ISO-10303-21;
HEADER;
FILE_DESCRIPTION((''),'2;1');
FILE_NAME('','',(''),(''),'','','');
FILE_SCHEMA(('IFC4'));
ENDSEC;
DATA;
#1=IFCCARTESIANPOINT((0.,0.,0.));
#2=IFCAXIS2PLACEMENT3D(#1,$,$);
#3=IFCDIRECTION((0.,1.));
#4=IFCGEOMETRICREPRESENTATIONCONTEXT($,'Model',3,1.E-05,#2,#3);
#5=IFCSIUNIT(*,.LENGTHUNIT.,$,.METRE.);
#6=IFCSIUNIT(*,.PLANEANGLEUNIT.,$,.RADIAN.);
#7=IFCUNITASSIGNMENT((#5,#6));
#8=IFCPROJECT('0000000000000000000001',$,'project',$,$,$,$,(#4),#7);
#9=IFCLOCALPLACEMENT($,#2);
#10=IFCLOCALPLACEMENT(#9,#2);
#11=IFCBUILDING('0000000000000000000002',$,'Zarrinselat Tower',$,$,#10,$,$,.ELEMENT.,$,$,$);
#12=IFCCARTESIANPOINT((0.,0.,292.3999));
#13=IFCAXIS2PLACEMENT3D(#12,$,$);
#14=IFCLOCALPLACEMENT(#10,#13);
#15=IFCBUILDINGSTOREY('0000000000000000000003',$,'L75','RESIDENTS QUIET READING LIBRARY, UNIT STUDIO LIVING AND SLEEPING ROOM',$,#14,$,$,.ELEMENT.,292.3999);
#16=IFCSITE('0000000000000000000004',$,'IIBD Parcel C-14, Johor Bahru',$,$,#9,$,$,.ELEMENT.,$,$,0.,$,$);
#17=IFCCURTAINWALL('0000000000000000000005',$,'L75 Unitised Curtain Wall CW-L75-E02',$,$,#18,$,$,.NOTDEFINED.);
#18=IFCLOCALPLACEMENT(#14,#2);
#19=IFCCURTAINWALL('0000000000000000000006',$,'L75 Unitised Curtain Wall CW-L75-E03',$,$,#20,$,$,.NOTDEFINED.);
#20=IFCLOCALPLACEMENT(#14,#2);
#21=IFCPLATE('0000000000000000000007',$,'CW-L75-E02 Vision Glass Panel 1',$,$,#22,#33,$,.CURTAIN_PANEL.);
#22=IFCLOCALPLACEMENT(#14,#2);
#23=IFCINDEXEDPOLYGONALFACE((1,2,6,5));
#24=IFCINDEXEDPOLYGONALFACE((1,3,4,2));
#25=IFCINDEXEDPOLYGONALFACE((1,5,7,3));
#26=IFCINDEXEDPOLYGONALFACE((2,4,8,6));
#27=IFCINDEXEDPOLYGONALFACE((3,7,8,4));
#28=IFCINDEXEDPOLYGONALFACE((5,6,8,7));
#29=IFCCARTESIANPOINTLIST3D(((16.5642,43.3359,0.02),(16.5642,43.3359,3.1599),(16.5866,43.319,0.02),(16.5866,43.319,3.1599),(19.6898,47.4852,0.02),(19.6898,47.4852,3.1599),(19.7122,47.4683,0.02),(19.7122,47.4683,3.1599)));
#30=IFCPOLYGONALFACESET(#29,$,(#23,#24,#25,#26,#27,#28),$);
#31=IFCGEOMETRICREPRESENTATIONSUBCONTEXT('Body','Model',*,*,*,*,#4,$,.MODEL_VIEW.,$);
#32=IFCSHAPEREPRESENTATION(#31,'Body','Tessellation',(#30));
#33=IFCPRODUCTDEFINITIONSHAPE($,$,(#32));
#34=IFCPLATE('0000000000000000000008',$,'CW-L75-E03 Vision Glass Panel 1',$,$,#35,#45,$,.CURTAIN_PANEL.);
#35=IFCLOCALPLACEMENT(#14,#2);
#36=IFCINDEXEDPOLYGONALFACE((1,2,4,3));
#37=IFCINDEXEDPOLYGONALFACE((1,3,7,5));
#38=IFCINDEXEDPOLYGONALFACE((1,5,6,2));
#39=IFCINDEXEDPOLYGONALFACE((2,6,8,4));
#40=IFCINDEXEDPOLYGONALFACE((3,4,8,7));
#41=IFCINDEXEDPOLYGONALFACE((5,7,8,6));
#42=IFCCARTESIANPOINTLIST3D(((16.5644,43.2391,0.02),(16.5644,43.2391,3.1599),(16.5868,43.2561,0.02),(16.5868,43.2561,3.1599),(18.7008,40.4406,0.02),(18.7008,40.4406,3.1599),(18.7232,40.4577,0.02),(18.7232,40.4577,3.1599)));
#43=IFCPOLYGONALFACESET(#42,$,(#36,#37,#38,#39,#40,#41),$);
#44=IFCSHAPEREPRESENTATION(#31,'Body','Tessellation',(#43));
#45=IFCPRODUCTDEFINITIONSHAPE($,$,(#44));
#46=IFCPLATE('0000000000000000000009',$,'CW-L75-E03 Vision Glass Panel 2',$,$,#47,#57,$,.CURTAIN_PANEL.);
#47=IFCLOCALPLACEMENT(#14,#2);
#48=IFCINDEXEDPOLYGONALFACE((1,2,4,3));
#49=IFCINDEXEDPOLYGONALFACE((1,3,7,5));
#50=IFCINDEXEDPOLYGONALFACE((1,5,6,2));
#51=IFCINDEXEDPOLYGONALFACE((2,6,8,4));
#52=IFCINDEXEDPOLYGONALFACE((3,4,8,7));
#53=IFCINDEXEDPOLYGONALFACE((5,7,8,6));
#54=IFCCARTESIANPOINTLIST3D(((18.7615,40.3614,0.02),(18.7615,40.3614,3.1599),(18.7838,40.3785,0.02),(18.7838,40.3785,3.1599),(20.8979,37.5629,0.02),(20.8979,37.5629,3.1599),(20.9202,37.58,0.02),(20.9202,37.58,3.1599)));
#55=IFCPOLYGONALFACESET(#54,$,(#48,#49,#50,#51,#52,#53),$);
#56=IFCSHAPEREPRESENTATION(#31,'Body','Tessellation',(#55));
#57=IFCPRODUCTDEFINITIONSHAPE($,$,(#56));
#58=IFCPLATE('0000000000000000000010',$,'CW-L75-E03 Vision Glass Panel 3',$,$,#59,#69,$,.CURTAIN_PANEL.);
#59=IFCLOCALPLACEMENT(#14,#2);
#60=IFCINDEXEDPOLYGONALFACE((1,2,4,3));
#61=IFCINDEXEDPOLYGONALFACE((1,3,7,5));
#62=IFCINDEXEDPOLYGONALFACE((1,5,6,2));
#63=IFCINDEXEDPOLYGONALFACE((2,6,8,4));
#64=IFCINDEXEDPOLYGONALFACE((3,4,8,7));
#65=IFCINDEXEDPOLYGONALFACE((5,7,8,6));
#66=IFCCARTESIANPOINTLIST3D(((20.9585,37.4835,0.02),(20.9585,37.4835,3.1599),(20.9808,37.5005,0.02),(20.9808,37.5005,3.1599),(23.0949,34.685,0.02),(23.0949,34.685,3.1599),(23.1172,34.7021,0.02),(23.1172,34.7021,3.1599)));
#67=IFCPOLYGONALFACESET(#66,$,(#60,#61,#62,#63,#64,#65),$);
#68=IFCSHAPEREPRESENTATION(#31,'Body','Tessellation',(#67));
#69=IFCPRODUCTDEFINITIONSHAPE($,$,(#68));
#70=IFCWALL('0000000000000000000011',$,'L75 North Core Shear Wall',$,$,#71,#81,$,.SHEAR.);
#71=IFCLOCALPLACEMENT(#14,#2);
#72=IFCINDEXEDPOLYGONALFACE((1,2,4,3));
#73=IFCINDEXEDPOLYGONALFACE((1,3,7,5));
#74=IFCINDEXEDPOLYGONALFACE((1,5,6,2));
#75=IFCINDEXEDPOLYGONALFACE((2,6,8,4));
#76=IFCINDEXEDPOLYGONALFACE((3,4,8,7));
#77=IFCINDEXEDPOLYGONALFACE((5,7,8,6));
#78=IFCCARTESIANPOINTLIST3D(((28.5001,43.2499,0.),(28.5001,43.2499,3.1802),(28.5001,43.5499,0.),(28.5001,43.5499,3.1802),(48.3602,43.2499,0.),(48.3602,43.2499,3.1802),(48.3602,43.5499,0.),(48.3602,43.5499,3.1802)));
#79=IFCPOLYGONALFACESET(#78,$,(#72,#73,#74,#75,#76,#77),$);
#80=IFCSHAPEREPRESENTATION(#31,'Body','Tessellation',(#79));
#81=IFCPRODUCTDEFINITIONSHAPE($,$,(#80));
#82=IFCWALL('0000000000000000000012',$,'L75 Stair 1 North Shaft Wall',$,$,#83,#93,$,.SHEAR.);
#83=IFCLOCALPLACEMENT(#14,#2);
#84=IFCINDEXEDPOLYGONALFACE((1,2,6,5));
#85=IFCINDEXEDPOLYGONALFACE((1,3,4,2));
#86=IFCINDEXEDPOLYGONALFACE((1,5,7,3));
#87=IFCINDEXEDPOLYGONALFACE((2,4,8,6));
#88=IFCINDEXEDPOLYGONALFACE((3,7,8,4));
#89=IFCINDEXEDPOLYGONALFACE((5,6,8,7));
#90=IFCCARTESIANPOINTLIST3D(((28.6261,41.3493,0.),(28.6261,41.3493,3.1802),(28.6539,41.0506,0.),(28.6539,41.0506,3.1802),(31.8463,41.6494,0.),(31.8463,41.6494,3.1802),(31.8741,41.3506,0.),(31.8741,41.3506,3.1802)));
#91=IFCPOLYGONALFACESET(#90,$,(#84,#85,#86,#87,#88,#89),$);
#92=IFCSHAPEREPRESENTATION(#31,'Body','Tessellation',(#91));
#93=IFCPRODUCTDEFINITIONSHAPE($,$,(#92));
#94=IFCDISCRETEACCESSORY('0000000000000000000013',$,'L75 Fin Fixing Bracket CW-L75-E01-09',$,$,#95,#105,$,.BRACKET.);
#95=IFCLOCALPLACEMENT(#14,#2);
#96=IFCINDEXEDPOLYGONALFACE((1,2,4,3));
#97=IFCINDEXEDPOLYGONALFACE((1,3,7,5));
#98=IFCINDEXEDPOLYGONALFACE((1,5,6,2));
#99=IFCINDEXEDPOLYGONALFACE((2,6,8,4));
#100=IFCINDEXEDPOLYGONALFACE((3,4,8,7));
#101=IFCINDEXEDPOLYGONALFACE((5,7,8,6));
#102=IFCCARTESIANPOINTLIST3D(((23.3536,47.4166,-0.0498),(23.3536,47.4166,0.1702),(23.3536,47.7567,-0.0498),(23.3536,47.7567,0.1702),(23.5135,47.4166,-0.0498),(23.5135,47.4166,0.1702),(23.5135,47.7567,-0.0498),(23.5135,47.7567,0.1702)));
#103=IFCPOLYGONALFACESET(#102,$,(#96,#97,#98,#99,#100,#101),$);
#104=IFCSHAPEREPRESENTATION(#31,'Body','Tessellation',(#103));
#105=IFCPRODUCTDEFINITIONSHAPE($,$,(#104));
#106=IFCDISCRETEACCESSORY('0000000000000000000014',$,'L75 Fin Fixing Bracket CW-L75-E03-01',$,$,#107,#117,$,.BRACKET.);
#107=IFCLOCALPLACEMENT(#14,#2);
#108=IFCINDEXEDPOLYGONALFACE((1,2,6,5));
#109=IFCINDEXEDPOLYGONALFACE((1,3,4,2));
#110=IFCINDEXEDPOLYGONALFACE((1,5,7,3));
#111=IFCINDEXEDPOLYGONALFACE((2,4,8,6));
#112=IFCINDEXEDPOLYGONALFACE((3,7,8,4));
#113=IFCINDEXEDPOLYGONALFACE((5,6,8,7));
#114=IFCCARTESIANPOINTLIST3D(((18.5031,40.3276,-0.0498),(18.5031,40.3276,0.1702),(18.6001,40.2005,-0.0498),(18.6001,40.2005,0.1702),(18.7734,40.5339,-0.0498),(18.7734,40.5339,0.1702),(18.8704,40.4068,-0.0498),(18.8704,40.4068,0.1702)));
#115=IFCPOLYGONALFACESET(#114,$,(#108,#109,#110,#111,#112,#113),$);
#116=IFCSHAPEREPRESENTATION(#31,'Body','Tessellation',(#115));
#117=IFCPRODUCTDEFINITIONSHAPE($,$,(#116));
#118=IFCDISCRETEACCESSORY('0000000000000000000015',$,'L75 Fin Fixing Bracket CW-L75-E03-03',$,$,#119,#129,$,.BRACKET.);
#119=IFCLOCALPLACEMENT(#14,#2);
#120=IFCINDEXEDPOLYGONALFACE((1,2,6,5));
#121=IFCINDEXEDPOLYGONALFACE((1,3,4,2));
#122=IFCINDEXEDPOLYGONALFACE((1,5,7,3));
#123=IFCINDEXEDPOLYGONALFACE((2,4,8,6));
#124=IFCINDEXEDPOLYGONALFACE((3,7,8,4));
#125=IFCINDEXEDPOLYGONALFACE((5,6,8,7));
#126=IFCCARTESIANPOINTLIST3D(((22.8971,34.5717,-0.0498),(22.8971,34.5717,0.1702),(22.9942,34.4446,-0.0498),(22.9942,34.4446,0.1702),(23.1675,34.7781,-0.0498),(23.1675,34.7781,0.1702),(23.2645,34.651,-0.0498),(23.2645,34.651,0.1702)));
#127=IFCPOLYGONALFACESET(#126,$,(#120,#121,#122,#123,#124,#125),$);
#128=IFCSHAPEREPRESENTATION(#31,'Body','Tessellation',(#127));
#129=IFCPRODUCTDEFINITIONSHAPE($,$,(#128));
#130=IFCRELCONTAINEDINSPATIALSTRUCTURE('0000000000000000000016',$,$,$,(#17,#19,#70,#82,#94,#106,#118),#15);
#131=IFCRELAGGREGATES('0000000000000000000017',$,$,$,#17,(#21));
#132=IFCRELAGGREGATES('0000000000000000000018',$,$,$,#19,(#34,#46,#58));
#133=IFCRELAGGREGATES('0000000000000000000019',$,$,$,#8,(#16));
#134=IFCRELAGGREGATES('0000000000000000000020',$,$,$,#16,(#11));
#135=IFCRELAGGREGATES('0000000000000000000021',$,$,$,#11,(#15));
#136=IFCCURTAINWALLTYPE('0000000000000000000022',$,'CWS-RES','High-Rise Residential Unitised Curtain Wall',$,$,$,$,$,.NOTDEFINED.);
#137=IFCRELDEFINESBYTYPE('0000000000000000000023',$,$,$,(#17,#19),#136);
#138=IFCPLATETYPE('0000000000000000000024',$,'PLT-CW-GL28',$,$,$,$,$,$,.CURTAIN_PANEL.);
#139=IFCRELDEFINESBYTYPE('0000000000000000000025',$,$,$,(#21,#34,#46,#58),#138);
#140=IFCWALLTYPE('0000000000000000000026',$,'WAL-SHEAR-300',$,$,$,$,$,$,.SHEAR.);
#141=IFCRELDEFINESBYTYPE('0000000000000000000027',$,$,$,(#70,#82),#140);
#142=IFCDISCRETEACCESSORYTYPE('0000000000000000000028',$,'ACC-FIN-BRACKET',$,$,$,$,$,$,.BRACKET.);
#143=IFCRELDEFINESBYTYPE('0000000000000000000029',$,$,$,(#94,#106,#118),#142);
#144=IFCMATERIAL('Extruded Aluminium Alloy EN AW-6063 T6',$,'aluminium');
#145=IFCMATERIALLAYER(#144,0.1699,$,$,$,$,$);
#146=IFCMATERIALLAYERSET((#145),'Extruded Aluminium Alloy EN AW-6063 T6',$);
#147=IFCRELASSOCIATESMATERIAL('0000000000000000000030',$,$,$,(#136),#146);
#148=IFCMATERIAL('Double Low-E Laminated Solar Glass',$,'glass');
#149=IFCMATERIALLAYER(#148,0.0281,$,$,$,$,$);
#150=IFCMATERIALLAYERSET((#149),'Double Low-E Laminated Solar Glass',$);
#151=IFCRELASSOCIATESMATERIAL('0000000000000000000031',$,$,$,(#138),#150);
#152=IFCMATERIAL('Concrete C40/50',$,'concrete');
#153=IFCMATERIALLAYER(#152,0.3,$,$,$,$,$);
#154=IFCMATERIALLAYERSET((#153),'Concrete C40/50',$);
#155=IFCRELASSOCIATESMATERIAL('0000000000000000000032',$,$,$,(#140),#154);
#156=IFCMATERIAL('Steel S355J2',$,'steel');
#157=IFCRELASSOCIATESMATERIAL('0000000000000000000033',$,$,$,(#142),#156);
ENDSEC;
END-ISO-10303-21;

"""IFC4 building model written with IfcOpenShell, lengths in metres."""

from ifc_helpers import new_model, si_unit, direction, frame, frame_2d, origin, origin_2d, place, context, subcontext, project, spatial, rectangle, extrude, material, layer, layer_set, type_object, element, aggregate, save


model = new_model("IFC4")

# Units and contexts
model_context = context("Model", 3, precision=1e-05, world=origin(), true_north=direction((0.0, 1.0)))
body_context = subcontext(model_context, "Body", "Model", "MODEL_VIEW")
ifc_project = project(units=[si_unit("LENGTHUNIT", "METRE"), si_unit("PLANEANGLEUNIT", "RADIAN")], contexts=[model_context])

# Site, building, storey
site_placement = place(None, origin())
site = spatial("IfcSite", under=ifc_project, at=site_placement, Name="IIBD Parcel C-14, Johor Bahru", CompositionType="ELEMENT", RefElevation=0.0)
building_placement = place(site_placement, origin())
building = spatial("IfcBuilding", under=site, at=building_placement, Name="Zarrinselat Tower", CompositionType="ELEMENT")
storey_placement = place(building_placement, frame((0.0, 0.0, 292.3999)))
storey = spatial("IfcBuildingStorey", under=building, at=storey_placement, Name="L75", Description="RESIDENTS QUIET READING LIBRARY, UNIT STUDIO LIVING AND SLEEPING ROOM", CompositionType="ELEMENT", Elevation=292.3999)

# Shared definitions
ifc_material_1 = material(Name="Extruded Aluminium Alloy EN AW-6063 T6", Category="aluminium")
ifc_layer_1 = layer(ifc_material_1, 0.1699)
ifc_layer_set_1 = layer_set([ifc_layer_1], Name="Extruded Aluminium Alloy EN AW-6063 T6")
curtain_wall_type = type_object("IfcCurtainWallType", Name="CWS-RES", Description="High-Rise Residential Unitised Curtain Wall", PredefinedType="NOTDEFINED", material=ifc_layer_set_1)

# Curtain wall
curtain_wall_1_placement = place(storey_placement, origin())
curtain_wall_1 = element("IfcCurtainWall", 1, at=curtain_wall_1_placement, inside=storey, type_object=curtain_wall_type, Name="L75 Unitised Curtain Wall CW-L75-E02", PredefinedType="NOTDEFINED")

# Curtain wall
curtain_wall_2_placement = place(storey_placement, origin())
curtain_wall_2 = element("IfcCurtainWall", 2, at=curtain_wall_2_placement, inside=storey, type_object=curtain_wall_type, Name="L75 Unitised Curtain Wall CW-L75-E03", PredefinedType="NOTDEFINED")

# Plates
ifc_material_2 = material(Name="Double Low-E Laminated Solar Glass", Category="glass")
ifc_layer_2 = layer(ifc_material_2, 0.0281)
ifc_layer_set_2 = layer_set([ifc_layer_2], Name="Double Low-E Laminated Solar Glass")
plate_type = type_object("IfcPlateType", Name="PLT-CW-GL28", PredefinedType="CURTAIN_PANEL", material=ifc_layer_set_2)
plate_1_placement = place(storey_placement, frame((18.1382, 45.4021, 0.02), z_axis=(0.0, 0.0, 1.0), x_axis=(-0.601679, -0.798738, 0.0)))
plate_1 = element("IfcPlate", 3, at=plate_1_placement, type_object=plate_type, Name="CW-L75-E02 Vision Glass Panel 1", PredefinedType="CURTAIN_PANEL", context=body_context, shape_type="SweptSolid", body=[
    extrude(rectangle(XDim=5.1948, YDim=0.0281, at=origin_2d()), origin(), (0.0, 0.0, 1.0), 3.1399),
])
aggregate(curtain_wall_1, [plate_1])
plate_2_placement = place(storey_placement, frame((17.6438, 41.8484, 0.02), z_axis=(0.0, 0.0, 1.0), x_axis=(0.606802, -0.794853, 0.0)))
plate_2 = element("IfcPlate", 4, at=plate_2_placement, type_object=plate_type, Name="CW-L75-E03 Vision Glass Panel 1", PredefinedType="CURTAIN_PANEL", context=body_context, shape_type="SweptSolid", body=[
    extrude(rectangle(XDim=3.5208, YDim=0.0281, at=origin_2d()), origin(), (0.0, 0.0, 1.0), 3.1399),
])
plate_3_placement = place(storey_placement, frame((19.8408, 38.9707, 0.02), z_axis=(0.0, 0.0, 1.0), x_axis=(0.606802, -0.794853, 0.0)))
plate_3 = element("IfcPlate", 5, at=plate_3_placement, type_object=plate_type, Name="CW-L75-E03 Vision Glass Panel 2", PredefinedType="CURTAIN_PANEL", context=body_context, shape_type="SweptSolid", body=[
    extrude(rectangle(XDim=3.5208, YDim=0.0281, at=origin_2d()), origin(), (0.0, 0.0, 1.0), 3.1399),
])
plate_4_placement = place(storey_placement, frame((22.0378, 36.0928, 0.02), z_axis=(0.0, 0.0, 1.0), x_axis=(0.606802, -0.794853, 0.0)))
plate_4 = element("IfcPlate", 6, at=plate_4_placement, type_object=plate_type, Name="CW-L75-E03 Vision Glass Panel 3", PredefinedType="CURTAIN_PANEL", context=body_context, shape_type="SweptSolid", body=[
    extrude(rectangle(XDim=3.5208, YDim=0.0281, at=origin_2d()), origin(), (0.0, 0.0, 1.0), 3.1399),
])
aggregate(curtain_wall_2, [plate_2, plate_3, plate_4])

# Walls
ifc_material_3 = material(Name="Concrete C40/50", Category="concrete")
ifc_layer_3 = layer(ifc_material_3, 0.3)
ifc_layer_set_3 = layer_set([ifc_layer_3], Name="Concrete C40/50")
wall_type = type_object("IfcWallType", Name="WAL-SHEAR-300", PredefinedType="SHEAR", material=ifc_layer_set_3)
wall_1_placement = place(storey_placement, frame((28.5, 43.3999, 0.0), z_axis=(0.0, 0.0, 1.0), x_axis=(1.0, 0.0, 0.0)))
element("IfcWall", 7, at=wall_1_placement, inside=storey, type_object=wall_type, Name="L75 North Core Shear Wall", PredefinedType="SHEAR", context=body_context, shape_type="SweptSolid", body=[
    extrude(rectangle(XDim=19.8601, YDim=0.3, at=frame_2d((9.9302, 0.0))), origin(), (0.0, 0.0, 1.0), 3.1802),
])
wall_2_placement = place(storey_placement, frame((28.6399, 41.2, 0.0), z_axis=(0.0, 0.0, 1.0), x_axis=(0.995687, 0.092775, 0.0)))
element("IfcWall", 8, at=wall_2_placement, inside=storey, type_object=wall_type, Name="L75 Stair 1 North Shaft Wall", PredefinedType="SHEAR", context=body_context, shape_type="SweptSolid", body=[
    extrude(rectangle(XDim=3.2341, YDim=0.3, at=frame_2d((1.6172, 0.0))), origin(), (0.0, 0.0, 1.0), 3.1802),
])

# Discrete accessories
ifc_material_4 = material(Name="Steel S355J2", Category="steel")
discrete_accessory_type = type_object("IfcDiscreteAccessoryType", Name="ACC-FIN-BRACKET", PredefinedType="BRACKET", material=ifc_material_4)
for number, where, z_axis, x_axis, name in (
    (9, (23.4336, 47.5867, -0.0498), (0.0, 0.0, 1.0), (0.0, 1.0, 0.0), "L75 Fin Fixing Bracket CW-L75-E01-09"),
    (10, (18.6868, 40.3672, -0.0498), (0.0, 0.0, 1.0), (-0.794853, -0.606802, 0.0), "L75 Fin Fixing Bracket CW-L75-E03-01"),
    (11, (23.0808, 34.6113, -0.0498), (0.0, 0.0, 1.0), (-0.794853, -0.606802, 0.0), "L75 Fin Fixing Bracket CW-L75-E03-03"),
):
    element("IfcDiscreteAccessory", number, at=place(storey_placement, frame(where, z_axis=z_axis, x_axis=x_axis)), inside=storey, type_object=discrete_accessory_type, Name=name, PredefinedType="BRACKET", context=body_context, shape_type="SweptSolid", body=[
        extrude(rectangle(XDim=0.3401, YDim=0.1599, at=origin_2d()), origin(), (0.0, 0.0, 1.0), 0.22),
    ])

save(model, "model.ifc")
